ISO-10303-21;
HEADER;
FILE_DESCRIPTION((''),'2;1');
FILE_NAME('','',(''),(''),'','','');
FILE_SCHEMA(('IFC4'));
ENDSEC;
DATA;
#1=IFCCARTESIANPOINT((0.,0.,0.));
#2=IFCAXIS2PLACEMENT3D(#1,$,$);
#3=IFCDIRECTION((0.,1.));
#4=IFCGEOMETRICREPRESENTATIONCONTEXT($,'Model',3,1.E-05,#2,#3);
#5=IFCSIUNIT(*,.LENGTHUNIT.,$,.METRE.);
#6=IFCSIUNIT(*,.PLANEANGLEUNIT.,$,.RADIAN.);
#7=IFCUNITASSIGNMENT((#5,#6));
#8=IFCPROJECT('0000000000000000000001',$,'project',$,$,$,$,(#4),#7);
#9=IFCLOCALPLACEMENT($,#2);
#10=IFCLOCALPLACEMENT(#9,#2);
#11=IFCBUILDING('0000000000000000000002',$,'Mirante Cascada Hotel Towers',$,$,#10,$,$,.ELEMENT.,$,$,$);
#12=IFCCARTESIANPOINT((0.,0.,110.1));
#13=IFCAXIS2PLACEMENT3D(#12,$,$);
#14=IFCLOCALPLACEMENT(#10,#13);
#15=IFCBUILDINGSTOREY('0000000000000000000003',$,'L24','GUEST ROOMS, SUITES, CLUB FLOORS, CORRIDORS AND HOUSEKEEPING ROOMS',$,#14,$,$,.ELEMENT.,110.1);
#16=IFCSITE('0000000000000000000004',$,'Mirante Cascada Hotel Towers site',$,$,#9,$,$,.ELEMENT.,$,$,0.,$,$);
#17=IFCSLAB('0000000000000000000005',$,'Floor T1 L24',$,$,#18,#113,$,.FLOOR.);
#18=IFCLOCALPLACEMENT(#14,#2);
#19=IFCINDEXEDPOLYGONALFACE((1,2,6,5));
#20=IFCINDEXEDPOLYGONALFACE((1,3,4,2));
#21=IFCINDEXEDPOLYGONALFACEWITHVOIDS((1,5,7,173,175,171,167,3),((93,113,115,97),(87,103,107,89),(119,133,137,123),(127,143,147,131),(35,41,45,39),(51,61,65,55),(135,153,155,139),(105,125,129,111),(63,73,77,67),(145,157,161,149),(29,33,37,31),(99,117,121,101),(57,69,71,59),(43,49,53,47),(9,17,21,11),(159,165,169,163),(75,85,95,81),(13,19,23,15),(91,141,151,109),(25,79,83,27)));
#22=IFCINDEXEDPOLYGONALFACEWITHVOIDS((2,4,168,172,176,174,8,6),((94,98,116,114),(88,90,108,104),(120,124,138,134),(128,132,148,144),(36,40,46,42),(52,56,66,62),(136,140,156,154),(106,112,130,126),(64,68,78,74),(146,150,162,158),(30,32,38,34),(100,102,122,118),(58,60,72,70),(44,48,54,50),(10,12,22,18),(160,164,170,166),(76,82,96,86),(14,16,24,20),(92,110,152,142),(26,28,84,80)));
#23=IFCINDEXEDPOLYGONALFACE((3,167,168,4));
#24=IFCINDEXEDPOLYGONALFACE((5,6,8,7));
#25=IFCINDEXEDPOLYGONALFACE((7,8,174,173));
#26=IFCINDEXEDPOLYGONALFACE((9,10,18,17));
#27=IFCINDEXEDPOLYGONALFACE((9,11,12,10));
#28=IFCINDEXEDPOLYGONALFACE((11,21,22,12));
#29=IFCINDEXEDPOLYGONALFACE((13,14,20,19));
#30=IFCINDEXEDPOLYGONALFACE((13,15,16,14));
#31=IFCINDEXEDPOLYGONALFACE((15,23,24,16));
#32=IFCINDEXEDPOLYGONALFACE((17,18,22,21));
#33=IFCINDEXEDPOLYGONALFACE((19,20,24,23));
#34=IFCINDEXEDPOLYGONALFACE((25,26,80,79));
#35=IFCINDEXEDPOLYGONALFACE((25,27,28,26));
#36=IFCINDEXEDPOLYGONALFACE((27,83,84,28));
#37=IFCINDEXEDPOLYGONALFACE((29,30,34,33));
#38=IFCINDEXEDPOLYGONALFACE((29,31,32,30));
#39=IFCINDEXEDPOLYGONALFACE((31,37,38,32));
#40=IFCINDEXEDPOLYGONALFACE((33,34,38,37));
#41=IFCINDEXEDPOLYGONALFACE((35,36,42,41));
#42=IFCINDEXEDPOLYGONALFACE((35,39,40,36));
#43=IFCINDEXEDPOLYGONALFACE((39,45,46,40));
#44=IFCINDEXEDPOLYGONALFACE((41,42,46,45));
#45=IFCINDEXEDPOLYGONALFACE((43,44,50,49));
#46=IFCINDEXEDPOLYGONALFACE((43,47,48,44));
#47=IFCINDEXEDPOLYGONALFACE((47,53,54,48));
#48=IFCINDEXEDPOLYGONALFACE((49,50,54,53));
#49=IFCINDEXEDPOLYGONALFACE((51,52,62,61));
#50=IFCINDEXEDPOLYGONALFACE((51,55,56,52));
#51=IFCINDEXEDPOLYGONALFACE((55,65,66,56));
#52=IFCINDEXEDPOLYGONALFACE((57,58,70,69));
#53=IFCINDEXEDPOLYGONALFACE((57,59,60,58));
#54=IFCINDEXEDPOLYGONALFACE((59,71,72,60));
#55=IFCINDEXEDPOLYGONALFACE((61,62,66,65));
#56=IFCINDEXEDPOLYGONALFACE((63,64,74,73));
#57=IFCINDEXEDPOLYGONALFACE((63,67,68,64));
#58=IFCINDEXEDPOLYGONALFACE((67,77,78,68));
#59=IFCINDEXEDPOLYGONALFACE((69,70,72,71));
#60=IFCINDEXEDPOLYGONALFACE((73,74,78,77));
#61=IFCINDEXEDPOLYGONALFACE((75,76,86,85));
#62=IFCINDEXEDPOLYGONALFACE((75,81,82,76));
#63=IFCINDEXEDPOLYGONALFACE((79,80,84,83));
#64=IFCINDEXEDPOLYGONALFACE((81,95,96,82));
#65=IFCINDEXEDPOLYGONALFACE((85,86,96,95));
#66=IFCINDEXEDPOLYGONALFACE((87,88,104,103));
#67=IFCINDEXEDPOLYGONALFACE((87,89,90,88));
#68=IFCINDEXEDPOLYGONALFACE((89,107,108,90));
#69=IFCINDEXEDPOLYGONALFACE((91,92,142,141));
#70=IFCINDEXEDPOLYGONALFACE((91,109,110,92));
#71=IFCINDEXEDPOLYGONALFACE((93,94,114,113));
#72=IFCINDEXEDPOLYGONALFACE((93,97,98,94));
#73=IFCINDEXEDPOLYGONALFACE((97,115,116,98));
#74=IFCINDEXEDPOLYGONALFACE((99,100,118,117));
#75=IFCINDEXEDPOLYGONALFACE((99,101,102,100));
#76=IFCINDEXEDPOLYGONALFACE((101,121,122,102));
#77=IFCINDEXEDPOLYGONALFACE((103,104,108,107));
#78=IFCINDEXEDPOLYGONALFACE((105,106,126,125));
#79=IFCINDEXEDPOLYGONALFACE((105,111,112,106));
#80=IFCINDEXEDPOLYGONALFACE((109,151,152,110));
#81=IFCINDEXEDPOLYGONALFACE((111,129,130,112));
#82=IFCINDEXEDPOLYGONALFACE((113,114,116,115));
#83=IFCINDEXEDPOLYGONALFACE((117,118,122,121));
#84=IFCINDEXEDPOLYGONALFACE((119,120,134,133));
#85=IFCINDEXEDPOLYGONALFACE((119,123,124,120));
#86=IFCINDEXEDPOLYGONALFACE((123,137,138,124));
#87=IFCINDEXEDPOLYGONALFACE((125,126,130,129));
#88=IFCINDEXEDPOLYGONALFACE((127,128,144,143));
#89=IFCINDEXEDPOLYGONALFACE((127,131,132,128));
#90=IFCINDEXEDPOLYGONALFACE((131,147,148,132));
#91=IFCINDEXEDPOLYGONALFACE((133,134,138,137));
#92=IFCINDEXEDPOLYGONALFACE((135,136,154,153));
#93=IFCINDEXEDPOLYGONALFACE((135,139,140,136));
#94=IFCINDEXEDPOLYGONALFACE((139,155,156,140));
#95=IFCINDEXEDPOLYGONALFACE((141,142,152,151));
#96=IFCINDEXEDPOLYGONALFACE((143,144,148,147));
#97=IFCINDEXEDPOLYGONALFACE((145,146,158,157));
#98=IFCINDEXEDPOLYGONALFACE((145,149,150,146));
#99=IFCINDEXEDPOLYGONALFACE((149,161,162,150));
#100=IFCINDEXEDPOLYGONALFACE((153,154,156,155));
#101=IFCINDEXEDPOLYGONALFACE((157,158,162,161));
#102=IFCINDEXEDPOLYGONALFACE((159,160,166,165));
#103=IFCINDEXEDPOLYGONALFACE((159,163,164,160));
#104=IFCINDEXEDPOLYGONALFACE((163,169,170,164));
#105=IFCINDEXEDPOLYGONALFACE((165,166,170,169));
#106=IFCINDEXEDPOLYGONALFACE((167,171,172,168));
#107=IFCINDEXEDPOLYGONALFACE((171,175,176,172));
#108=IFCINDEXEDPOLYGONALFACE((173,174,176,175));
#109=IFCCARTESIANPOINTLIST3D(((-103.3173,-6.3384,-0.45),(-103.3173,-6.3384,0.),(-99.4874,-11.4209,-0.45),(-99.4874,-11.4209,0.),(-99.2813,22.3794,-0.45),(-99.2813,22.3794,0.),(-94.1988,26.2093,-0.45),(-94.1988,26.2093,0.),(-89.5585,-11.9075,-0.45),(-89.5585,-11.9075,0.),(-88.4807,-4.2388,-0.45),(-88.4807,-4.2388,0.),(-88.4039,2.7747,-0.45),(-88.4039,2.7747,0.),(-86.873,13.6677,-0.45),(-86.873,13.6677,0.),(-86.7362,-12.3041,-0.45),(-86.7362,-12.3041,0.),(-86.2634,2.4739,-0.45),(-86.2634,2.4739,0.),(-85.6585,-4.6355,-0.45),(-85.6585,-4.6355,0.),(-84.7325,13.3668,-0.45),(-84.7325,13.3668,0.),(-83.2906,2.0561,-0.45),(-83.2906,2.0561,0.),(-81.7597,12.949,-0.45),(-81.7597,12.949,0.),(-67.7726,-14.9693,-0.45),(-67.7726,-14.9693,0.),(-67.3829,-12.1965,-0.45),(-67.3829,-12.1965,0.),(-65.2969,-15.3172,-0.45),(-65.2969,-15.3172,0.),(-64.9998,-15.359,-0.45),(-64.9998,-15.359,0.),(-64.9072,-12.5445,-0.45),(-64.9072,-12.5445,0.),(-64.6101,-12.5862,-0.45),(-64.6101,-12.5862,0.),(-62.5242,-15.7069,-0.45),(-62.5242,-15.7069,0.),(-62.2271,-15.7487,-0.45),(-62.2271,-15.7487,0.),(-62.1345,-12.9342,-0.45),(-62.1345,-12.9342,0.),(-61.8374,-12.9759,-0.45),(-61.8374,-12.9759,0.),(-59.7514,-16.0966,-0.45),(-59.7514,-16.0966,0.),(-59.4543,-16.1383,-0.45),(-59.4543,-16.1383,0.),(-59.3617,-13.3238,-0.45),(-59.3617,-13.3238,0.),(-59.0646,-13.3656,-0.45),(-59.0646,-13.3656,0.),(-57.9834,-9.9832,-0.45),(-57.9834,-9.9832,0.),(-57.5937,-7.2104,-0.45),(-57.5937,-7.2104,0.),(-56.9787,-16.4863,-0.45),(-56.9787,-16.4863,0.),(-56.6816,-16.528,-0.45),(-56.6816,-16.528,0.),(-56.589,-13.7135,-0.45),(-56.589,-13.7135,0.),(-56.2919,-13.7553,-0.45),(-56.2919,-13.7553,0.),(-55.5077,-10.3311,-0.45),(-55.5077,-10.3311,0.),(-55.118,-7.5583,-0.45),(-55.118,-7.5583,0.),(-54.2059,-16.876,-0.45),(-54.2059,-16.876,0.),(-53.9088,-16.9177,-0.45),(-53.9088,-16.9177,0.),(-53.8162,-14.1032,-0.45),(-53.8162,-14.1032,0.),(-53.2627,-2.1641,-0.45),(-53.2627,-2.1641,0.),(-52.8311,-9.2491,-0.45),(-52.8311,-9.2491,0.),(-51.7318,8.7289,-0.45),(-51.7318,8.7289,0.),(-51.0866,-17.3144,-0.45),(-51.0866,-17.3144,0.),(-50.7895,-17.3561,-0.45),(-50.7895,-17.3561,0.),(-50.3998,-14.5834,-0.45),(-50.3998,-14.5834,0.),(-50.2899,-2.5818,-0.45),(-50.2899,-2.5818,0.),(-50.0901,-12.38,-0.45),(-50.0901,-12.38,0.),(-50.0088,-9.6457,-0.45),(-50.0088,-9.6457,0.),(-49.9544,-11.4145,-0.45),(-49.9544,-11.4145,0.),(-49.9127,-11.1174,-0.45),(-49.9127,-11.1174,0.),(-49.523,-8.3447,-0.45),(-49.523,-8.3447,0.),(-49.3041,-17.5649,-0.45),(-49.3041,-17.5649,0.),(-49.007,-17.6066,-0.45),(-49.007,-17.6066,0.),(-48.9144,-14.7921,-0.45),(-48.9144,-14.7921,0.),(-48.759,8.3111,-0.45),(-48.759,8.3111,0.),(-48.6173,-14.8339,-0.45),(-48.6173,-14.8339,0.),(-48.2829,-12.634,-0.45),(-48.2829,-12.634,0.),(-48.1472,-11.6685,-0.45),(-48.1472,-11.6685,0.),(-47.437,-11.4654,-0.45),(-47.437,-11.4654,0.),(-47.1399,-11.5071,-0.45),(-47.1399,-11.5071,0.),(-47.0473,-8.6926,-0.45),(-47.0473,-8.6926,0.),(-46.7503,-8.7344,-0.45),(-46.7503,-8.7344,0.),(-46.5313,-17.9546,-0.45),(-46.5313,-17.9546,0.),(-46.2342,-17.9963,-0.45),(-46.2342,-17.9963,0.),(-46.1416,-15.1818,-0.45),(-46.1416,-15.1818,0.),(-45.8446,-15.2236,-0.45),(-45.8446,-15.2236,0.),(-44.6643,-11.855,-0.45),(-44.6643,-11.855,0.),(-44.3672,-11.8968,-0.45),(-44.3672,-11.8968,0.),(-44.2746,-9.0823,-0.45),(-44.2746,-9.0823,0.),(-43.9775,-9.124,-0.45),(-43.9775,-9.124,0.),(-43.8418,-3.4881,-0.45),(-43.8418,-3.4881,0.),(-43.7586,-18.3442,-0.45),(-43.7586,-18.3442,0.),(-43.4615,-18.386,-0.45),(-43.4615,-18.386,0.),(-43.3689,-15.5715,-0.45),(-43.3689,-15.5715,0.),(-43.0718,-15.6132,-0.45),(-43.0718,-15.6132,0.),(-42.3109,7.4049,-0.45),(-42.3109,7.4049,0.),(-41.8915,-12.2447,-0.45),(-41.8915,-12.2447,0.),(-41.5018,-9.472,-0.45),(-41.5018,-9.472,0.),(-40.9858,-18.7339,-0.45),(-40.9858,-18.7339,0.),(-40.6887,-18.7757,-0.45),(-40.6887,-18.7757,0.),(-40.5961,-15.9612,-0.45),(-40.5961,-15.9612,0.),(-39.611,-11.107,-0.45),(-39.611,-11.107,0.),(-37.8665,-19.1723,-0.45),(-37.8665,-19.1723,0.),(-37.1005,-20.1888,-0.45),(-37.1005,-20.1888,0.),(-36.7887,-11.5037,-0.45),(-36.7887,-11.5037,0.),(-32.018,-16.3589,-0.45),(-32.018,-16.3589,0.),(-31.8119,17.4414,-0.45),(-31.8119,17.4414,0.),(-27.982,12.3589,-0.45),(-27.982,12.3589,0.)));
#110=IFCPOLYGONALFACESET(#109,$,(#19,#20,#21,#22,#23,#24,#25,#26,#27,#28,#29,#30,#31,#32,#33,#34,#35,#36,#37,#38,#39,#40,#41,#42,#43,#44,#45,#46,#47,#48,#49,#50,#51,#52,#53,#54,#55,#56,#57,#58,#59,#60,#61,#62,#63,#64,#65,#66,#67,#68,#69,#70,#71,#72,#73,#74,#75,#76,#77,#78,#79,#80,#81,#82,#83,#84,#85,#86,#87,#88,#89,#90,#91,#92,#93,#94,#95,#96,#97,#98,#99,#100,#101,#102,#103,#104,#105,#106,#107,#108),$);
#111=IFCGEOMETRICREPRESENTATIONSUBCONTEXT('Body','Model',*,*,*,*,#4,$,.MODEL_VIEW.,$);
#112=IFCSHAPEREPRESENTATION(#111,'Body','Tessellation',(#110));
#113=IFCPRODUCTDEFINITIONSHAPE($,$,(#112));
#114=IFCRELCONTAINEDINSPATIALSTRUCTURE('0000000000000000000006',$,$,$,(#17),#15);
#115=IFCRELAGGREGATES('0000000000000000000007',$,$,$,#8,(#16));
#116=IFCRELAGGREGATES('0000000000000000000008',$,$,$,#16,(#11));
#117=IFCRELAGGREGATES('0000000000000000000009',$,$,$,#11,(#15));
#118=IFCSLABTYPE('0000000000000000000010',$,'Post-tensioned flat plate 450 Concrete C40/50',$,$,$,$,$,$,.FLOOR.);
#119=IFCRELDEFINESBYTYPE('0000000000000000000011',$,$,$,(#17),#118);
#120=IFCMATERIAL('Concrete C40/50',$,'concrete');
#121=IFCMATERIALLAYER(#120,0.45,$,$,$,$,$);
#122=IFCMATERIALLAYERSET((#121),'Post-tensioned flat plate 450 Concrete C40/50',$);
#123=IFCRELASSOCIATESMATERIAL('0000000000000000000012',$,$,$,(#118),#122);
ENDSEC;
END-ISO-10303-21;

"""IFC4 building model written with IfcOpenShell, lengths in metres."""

from ifc_helpers import new_model, si_unit, direction, frame, origin, place, context, subcontext, project, spatial, polyline, outline, extrude, material, layer, layer_set, type_object, element, save


model = new_model("IFC4")

# Units and contexts
model_context = context("Model", 3, precision=1e-05, world=origin(), true_north=direction((0.0, 1.0)))
body_context = subcontext(model_context, "Body", "Model", "MODEL_VIEW")
ifc_project = project(units=[si_unit("LENGTHUNIT", "METRE"), si_unit("PLANEANGLEUNIT", "RADIAN")], contexts=[model_context])

# Site, building, storey
site_placement = place(None, origin())
site = spatial("IfcSite", under=ifc_project, at=site_placement, Name="Mirante Cascada Hotel Towers site", CompositionType="ELEMENT", RefElevation=0.0)
building_placement = place(site_placement, origin())
building = spatial("IfcBuilding", under=site, at=building_placement, Name="Mirante Cascada Hotel Towers", CompositionType="ELEMENT")
storey_placement = place(building_placement, frame((0.0, 0.0, 110.1)))
storey = spatial("IfcBuildingStorey", under=building, at=storey_placement, Name="L24", Description="GUEST ROOMS, SUITES, CLUB FLOORS, CORRIDORS AND HOUSEKEEPING ROOMS", CompositionType="ELEMENT", Elevation=110.1)

# Slab
ifc_material_1 = material(Name="Concrete C40/50", Category="concrete")
ifc_layer_1 = layer(ifc_material_1, 0.45)
ifc_layer_set_1 = layer_set([ifc_layer_1], Name="Post-tensioned flat plate 450 Concrete C40/50")
slab_type = type_object("IfcSlabType", Name="Post-tensioned flat plate 450 Concrete C40/50", PredefinedType="FLOOR", material=ifc_layer_set_1)
slab_1_placement = place(storey_placement, frame((0.0, 0.0, -0.45)))
element("IfcSlab", 1, at=slab_1_placement, inside=storey, type_object=slab_type, Name="Floor T1 L24", PredefinedType="FLOOR", context=body_context, shape_type="SweptSolid", body=[
    extrude(outline(polyline([(-32.018, -16.3589), (-27.982, 12.3589), (-31.8119, 17.4414), (-94.1988, 26.2093), (-99.2813, 22.3794), (-103.3173, -6.3384), (-99.4874, -11.4209), (-37.1005, -20.1888), (-32.018, -16.3589)]), holes=[polyline([(-43.0718, -15.6132), (-40.5961, -15.9612), (-40.9858, -18.7339), (-43.4615, -18.386), (-43.0718, -15.6132)]), polyline([(-45.8446, -15.2236), (-43.3689, -15.5715), (-43.7586, -18.3442), (-46.2342, -17.9963), (-45.8446, -15.2236)]), polyline([(-48.6173, -14.8339), (-46.1416, -15.1818), (-46.5313, -17.9546), (-49.007, -17.6066), (-48.6173, -14.8339)]), polyline([(-50.3998, -14.5834), (-48.9144, -14.7921), (-49.3041, -17.5649), (-50.7895, -17.3561), (-50.3998, -14.5834)]), polyline([(-36.7887, -11.5037), (-37.8665, -19.1723), (-40.6887, -18.7757), (-39.611, -11.107), (-36.7887, -11.5037)]), polyline([(-49.9544, -11.4145), (-48.1472, -11.6685), (-48.2829, -12.634), (-50.0901, -12.38), (-49.9544, -11.4145)]), polyline([(-43.9775, -9.124), (-41.5018, -9.472), (-41.8915, -12.2447), (-44.3672, -11.8968), (-43.9775, -9.124)]), polyline([(-47.1399, -11.5071), (-46.7503, -8.7344), (-44.2746, -9.0823), (-44.6643, -11.855), (-47.1399, -11.5071)]), polyline([(-49.9127, -11.1174), (-49.523, -8.3447), (-47.0473, -8.6926), (-47.437, -11.4654), (-49.9127, -11.1174)]), polyline([(-56.2919, -13.7553), (-53.8162, -14.1032), (-54.2059, -16.876), (-56.6816, -16.528), (-56.2919, -13.7553)]), polyline([(-59.0646, -13.3656), (-56.589, -13.7135), (-56.9787, -16.4863), (-59.4543, -16.1383), (-59.0646, -13.3656)]), polyline([(-61.8374, -12.9759), (-59.3617, -13.3238), (-59.7514, -16.0966), (-62.2271, -15.7487), (-61.8374, -12.9759)]), polyline([(-64.6101, -12.5862), (-62.1345, -12.9342), (-62.5242, -15.7069), (-64.9998, -15.359), (-64.6101, -12.5862)]), polyline([(-67.3829, -12.1965), (-64.9072, -12.5445), (-65.2969, -15.3172), (-67.7726, -14.9693), (-67.3829, -12.1965)]), polyline([(-50.0088, -9.6457), (-51.0866, -17.3144), (-53.9088, -16.9177), (-52.8311, -9.2491), (-50.0088, -9.6457)]), polyline([(-85.6585, -4.6355), (-86.7362, -12.3041), (-89.5585, -11.9075), (-88.4807, -4.2388), (-85.6585, -4.6355)]), polyline([(-57.9834, -9.9832), (-57.5937, -7.2104), (-55.118, -7.5583), (-55.5077, -10.3311), (-57.9834, -9.9832)]), polyline([(-86.873, 13.6677), (-84.7325, 13.3668), (-84.7325, 13.3668), (-86.2634, 2.4739), (-86.2634, 2.4739), (-88.4039, 2.7747), (-86.873, 13.6677)]), polyline([(-51.7318, 8.7289), (-53.2627, -2.1641), (-53.2627, -2.1641), (-83.2906, 2.0561), (-83.2906, 2.0561), (-81.7597, 12.949), (-81.7597, 12.949), (-51.7318, 8.7289)]), polyline([(-42.3109, 7.4049), (-43.8418, -3.4881), (-50.2899, -2.5818), (-50.2899, -2.5818), (-48.759, 8.3111), (-42.3109, 7.4049)])]), origin(), (0.0, 0.0, 1.0), 0.45),
])

save(model, "model.ifc")
